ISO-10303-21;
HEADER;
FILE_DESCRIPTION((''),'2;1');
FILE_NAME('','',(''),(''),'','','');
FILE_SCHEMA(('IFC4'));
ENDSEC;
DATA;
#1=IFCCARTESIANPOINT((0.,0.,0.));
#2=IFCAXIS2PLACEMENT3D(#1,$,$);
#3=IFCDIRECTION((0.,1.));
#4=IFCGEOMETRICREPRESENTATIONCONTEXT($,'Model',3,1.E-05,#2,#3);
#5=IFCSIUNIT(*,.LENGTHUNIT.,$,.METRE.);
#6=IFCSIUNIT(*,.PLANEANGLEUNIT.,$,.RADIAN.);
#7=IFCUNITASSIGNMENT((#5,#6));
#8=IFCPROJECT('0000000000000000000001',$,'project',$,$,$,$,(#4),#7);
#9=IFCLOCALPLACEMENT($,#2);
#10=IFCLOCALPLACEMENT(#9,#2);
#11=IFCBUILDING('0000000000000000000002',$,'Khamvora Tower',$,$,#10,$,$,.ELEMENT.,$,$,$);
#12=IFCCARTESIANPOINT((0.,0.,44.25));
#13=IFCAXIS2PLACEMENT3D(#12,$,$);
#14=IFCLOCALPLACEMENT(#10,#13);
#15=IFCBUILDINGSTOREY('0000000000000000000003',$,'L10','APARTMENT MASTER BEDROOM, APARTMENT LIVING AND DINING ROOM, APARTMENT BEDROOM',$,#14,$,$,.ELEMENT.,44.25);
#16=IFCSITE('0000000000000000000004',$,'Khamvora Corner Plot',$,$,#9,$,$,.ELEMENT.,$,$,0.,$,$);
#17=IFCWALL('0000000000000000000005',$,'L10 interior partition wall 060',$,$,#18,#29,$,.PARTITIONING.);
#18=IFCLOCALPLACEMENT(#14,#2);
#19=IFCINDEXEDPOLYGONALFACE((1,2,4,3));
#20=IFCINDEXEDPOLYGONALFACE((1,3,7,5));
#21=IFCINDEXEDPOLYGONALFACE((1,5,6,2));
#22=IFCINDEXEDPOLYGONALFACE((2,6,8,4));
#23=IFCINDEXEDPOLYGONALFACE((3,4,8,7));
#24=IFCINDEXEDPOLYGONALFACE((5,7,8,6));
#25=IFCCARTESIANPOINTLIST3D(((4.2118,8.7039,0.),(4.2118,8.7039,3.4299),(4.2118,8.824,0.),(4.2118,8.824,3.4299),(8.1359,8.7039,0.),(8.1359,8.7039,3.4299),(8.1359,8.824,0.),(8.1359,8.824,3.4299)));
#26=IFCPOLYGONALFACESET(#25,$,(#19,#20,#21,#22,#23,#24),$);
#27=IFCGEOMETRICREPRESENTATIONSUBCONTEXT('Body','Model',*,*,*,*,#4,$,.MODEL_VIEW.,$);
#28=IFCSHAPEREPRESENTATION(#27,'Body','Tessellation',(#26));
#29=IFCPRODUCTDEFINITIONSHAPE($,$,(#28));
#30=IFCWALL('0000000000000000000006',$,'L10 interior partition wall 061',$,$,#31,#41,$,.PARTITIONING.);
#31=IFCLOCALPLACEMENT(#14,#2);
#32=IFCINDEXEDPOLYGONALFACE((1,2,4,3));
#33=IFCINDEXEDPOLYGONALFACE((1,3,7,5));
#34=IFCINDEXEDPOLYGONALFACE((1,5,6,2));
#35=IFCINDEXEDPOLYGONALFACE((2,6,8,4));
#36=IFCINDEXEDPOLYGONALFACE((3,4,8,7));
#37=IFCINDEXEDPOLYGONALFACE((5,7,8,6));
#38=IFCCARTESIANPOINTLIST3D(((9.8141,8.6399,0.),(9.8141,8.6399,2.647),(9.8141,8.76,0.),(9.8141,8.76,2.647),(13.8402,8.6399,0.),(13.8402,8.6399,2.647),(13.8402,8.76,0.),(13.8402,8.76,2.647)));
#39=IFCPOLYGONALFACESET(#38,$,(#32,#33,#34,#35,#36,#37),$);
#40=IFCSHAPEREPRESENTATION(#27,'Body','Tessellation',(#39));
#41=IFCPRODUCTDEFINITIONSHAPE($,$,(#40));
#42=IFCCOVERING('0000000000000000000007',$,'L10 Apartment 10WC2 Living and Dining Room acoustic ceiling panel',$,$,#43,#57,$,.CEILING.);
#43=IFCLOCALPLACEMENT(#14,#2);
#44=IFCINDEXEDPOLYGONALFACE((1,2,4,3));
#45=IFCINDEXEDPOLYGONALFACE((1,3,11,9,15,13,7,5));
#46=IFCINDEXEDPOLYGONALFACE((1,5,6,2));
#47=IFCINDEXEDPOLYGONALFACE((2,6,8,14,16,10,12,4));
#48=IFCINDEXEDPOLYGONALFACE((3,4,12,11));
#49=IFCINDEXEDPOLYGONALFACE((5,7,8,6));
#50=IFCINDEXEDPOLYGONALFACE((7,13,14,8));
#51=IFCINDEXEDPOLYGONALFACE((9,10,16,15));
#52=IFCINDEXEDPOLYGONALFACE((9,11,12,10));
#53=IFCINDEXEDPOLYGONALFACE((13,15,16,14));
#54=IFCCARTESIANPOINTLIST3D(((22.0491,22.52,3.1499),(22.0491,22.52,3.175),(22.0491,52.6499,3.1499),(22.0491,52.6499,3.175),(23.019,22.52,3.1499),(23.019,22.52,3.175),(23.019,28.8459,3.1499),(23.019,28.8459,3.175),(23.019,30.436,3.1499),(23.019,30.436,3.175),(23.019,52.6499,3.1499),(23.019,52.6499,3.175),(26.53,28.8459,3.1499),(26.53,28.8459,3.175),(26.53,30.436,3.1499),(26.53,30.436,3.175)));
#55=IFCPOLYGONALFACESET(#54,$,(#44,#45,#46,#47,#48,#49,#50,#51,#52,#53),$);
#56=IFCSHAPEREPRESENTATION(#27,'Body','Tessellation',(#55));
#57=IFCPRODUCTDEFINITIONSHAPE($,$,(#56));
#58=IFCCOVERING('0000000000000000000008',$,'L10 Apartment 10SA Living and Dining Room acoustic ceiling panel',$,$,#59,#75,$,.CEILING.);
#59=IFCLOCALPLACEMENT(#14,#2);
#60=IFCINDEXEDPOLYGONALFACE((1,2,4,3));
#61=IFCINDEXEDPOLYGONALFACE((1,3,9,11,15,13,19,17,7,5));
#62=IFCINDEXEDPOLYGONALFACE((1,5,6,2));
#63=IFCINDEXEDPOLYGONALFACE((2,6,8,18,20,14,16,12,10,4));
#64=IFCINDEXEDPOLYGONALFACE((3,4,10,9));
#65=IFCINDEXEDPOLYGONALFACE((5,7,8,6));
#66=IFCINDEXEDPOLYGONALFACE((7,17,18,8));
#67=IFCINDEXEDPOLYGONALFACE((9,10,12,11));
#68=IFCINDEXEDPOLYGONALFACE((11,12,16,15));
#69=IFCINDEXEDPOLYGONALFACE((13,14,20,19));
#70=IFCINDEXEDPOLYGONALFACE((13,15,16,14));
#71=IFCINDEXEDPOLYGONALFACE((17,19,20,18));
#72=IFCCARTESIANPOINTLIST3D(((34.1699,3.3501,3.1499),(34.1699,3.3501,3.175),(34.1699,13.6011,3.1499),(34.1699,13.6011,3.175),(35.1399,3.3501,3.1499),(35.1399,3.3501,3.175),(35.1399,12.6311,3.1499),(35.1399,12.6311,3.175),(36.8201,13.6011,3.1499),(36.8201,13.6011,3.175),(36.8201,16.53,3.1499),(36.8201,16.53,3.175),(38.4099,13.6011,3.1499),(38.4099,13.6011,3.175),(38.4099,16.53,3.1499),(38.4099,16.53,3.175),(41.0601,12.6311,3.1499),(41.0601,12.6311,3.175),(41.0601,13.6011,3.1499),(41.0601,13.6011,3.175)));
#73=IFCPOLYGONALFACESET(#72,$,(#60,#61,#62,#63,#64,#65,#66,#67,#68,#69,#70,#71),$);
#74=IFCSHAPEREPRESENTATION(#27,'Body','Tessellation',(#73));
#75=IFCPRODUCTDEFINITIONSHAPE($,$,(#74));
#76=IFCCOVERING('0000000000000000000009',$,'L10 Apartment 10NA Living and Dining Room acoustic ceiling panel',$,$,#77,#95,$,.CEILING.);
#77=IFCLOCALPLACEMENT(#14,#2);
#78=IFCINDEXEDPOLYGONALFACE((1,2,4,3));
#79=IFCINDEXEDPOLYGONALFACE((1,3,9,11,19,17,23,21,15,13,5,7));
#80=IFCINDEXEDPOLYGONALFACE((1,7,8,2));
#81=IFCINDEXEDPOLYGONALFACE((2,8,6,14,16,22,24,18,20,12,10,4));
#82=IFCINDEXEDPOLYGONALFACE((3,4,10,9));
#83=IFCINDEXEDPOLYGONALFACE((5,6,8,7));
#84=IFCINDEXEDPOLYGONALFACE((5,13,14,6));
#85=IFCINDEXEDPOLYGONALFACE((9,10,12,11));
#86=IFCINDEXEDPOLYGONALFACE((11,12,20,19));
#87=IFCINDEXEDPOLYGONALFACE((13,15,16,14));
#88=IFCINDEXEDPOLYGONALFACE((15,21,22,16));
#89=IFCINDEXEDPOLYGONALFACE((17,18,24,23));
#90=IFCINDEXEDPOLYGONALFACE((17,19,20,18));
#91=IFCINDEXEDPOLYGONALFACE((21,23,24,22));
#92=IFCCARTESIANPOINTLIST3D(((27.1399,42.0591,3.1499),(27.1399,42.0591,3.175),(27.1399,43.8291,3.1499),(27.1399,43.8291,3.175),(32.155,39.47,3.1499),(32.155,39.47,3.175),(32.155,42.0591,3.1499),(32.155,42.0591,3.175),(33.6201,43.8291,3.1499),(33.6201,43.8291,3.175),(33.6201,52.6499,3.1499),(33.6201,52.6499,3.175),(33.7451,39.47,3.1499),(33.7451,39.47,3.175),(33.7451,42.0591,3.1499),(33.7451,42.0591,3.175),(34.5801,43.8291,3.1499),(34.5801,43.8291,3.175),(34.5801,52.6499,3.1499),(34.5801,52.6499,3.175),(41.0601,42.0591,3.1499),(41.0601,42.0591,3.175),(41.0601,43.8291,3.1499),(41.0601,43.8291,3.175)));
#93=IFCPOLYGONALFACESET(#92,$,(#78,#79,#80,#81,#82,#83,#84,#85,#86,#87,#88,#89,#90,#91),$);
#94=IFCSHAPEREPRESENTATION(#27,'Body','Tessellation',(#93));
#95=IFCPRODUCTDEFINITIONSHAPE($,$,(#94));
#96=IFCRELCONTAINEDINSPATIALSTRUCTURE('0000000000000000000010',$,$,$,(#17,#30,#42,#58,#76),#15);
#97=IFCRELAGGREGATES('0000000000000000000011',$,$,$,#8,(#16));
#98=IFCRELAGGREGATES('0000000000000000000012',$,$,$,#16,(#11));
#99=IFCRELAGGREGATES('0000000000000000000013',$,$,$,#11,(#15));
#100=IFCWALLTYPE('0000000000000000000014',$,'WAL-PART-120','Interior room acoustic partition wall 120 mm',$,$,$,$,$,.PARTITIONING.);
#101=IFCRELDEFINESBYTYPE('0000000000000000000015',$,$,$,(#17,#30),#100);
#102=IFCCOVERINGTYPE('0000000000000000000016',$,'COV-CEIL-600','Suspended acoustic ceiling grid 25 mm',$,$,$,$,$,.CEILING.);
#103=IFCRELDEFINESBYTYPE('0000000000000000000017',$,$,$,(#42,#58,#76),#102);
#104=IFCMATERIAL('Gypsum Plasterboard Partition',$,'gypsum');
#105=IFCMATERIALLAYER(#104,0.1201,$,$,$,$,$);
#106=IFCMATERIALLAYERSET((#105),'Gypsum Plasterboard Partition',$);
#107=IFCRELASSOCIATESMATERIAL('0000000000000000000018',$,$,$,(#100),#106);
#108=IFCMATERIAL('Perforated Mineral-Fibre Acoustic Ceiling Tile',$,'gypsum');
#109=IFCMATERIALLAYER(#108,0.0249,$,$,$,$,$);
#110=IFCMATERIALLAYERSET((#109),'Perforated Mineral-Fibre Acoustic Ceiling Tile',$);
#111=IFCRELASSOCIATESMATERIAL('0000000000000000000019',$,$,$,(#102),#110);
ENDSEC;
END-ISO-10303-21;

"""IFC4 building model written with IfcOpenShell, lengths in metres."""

from ifc_helpers import new_model, si_unit, direction, frame, frame_2d, origin, place, context, subcontext, project, spatial, polyline, rectangle, outline, extrude, material, layer, layer_set, type_object, element, save


model = new_model("IFC4")

# Units and contexts
model_context = context("Model", 3, precision=1e-05, world=origin(), true_north=direction((0.0, 1.0)))
body_context = subcontext(model_context, "Body", "Model", "MODEL_VIEW")
ifc_project = project(units=[si_unit("LENGTHUNIT", "METRE"), si_unit("PLANEANGLEUNIT", "RADIAN")], contexts=[model_context])

# Site, building, storey
site_placement = place(None, origin())
site = spatial("IfcSite", under=ifc_project, at=site_placement, Name="Khamvora Corner Plot", CompositionType="ELEMENT", RefElevation=0.0)
building_placement = place(site_placement, origin())
building = spatial("IfcBuilding", under=site, at=building_placement, Name="Khamvora Tower", CompositionType="ELEMENT")
storey_placement = place(building_placement, frame((0.0, 0.0, 44.25)))
storey = spatial("IfcBuildingStorey", under=building, at=storey_placement, Name="L10", Description="APARTMENT MASTER BEDROOM, APARTMENT LIVING AND DINING ROOM, APARTMENT BEDROOM", CompositionType="ELEMENT", Elevation=44.25)

# Shared definitions
ifc_material_1 = material(Name="Gypsum Plasterboard Partition", Category="gypsum")
ifc_layer_1 = layer(ifc_material_1, 0.1201)
ifc_layer_set_1 = layer_set([ifc_layer_1], Name="Gypsum Plasterboard Partition")
wall_type_1 = type_object("IfcWallType", Name="WAL-PART-120", Description="Interior room acoustic partition wall 120 mm", PredefinedType="PARTITIONING", material=ifc_layer_set_1)

# Walls
wall_1_placement = place(storey_placement, frame((4.2119, 8.7639, 0.0), z_axis=(0.0, 0.0, 1.0), x_axis=(1.0, 0.0, 0.0)))
element("IfcWall", 1, at=wall_1_placement, inside=storey, type_object=wall_type_1, Name="L10 interior partition wall 060", PredefinedType="PARTITIONING", context=body_context, shape_type="SweptSolid", body=[
    extrude(rectangle(XDim=3.9241, YDim=0.1201, at=frame_2d((1.9619, 0.0))), origin(), (0.0, 0.0, 1.0), 3.4299),
])
wall_2_placement = place(storey_placement, frame((9.814, 8.7, 0.0), z_axis=(0.0, 0.0, 1.0), x_axis=(1.0, 0.0, 0.0)))
element("IfcWall", 2, at=wall_2_placement, inside=storey, type_object=wall_type_1, Name="L10 interior partition wall 061", PredefinedType="PARTITIONING", context=body_context, shape_type="SweptSolid", body=[
    extrude(rectangle(XDim=4.0261, YDim=0.1201, at=frame_2d((2.0132, 0.0))), origin(), (0.0, 0.0, 1.0), 2.647),
])

# Coverings
ifc_material_2 = material(Name="Perforated Mineral-Fibre Acoustic Ceiling Tile", Category="gypsum")
ifc_layer_2 = layer(ifc_material_2, 0.0249)
ifc_layer_set_2 = layer_set([ifc_layer_2], Name="Perforated Mineral-Fibre Acoustic Ceiling Tile")
covering_type = type_object("IfcCoveringType", Name="COV-CEIL-600", Description="Suspended acoustic ceiling grid 25 mm", PredefinedType="CEILING", material=ifc_layer_set_2)
covering_1_placement = place(storey_placement, frame((0.0, 0.0, 3.1499)))
element("IfcCovering", 3, at=covering_1_placement, inside=storey, type_object=covering_type, Name="L10 Apartment 10WC2 Living and Dining Room acoustic ceiling panel", PredefinedType="CEILING", context=body_context, shape_type="SweptSolid", body=[
    extrude(outline(polyline([(23.019, 22.52), (22.0491, 22.52), (22.0491, 52.6499), (23.019, 52.6499), (23.019, 30.436), (26.53, 30.436), (26.53, 28.8459), (23.019, 28.8459), (23.019, 22.52)])), origin(), (0.0, 0.0, 1.0), 0.0251),
])
covering_2_placement = place(storey_placement, frame((0.0, 0.0, 3.1499)))
element("IfcCovering", 4, at=covering_2_placement, inside=storey, type_object=covering_type, Name="L10 Apartment 10SA Living and Dining Room acoustic ceiling panel", PredefinedType="CEILING", context=body_context, shape_type="SweptSolid", body=[
    extrude(outline(polyline([(35.1399, 12.6311), (35.1399, 3.3501), (34.1699, 3.3501), (34.1699, 13.6011), (36.8201, 13.6011), (36.8201, 16.53), (38.4099, 16.53), (38.4099, 13.6011), (41.0601, 13.6011), (41.0601, 12.6311), (35.1399, 12.6311)])), origin(), (0.0, 0.0, 1.0), 0.0251),
])
covering_3_placement = place(storey_placement, frame((0.0, 0.0, 3.1499)))
element("IfcCovering", 5, at=covering_3_placement, inside=storey, type_object=covering_type, Name="L10 Apartment 10NA Living and Dining Room acoustic ceiling panel", PredefinedType="CEILING", context=body_context, shape_type="SweptSolid", body=[
    extrude(outline(polyline([(33.7451, 39.47), (32.155, 39.47), (32.155, 42.0591), (27.1399, 42.0591), (27.1399, 43.8291), (33.6201, 43.8291), (33.6201, 52.6499), (34.5801, 52.6499), (34.5801, 43.8291), (41.0601, 43.8291), (41.0601, 42.0591), (33.7451, 42.0591), (33.7451, 39.47)])), origin(), (0.0, 0.0, 1.0), 0.0251),
])

save(model, "model.ifc")
